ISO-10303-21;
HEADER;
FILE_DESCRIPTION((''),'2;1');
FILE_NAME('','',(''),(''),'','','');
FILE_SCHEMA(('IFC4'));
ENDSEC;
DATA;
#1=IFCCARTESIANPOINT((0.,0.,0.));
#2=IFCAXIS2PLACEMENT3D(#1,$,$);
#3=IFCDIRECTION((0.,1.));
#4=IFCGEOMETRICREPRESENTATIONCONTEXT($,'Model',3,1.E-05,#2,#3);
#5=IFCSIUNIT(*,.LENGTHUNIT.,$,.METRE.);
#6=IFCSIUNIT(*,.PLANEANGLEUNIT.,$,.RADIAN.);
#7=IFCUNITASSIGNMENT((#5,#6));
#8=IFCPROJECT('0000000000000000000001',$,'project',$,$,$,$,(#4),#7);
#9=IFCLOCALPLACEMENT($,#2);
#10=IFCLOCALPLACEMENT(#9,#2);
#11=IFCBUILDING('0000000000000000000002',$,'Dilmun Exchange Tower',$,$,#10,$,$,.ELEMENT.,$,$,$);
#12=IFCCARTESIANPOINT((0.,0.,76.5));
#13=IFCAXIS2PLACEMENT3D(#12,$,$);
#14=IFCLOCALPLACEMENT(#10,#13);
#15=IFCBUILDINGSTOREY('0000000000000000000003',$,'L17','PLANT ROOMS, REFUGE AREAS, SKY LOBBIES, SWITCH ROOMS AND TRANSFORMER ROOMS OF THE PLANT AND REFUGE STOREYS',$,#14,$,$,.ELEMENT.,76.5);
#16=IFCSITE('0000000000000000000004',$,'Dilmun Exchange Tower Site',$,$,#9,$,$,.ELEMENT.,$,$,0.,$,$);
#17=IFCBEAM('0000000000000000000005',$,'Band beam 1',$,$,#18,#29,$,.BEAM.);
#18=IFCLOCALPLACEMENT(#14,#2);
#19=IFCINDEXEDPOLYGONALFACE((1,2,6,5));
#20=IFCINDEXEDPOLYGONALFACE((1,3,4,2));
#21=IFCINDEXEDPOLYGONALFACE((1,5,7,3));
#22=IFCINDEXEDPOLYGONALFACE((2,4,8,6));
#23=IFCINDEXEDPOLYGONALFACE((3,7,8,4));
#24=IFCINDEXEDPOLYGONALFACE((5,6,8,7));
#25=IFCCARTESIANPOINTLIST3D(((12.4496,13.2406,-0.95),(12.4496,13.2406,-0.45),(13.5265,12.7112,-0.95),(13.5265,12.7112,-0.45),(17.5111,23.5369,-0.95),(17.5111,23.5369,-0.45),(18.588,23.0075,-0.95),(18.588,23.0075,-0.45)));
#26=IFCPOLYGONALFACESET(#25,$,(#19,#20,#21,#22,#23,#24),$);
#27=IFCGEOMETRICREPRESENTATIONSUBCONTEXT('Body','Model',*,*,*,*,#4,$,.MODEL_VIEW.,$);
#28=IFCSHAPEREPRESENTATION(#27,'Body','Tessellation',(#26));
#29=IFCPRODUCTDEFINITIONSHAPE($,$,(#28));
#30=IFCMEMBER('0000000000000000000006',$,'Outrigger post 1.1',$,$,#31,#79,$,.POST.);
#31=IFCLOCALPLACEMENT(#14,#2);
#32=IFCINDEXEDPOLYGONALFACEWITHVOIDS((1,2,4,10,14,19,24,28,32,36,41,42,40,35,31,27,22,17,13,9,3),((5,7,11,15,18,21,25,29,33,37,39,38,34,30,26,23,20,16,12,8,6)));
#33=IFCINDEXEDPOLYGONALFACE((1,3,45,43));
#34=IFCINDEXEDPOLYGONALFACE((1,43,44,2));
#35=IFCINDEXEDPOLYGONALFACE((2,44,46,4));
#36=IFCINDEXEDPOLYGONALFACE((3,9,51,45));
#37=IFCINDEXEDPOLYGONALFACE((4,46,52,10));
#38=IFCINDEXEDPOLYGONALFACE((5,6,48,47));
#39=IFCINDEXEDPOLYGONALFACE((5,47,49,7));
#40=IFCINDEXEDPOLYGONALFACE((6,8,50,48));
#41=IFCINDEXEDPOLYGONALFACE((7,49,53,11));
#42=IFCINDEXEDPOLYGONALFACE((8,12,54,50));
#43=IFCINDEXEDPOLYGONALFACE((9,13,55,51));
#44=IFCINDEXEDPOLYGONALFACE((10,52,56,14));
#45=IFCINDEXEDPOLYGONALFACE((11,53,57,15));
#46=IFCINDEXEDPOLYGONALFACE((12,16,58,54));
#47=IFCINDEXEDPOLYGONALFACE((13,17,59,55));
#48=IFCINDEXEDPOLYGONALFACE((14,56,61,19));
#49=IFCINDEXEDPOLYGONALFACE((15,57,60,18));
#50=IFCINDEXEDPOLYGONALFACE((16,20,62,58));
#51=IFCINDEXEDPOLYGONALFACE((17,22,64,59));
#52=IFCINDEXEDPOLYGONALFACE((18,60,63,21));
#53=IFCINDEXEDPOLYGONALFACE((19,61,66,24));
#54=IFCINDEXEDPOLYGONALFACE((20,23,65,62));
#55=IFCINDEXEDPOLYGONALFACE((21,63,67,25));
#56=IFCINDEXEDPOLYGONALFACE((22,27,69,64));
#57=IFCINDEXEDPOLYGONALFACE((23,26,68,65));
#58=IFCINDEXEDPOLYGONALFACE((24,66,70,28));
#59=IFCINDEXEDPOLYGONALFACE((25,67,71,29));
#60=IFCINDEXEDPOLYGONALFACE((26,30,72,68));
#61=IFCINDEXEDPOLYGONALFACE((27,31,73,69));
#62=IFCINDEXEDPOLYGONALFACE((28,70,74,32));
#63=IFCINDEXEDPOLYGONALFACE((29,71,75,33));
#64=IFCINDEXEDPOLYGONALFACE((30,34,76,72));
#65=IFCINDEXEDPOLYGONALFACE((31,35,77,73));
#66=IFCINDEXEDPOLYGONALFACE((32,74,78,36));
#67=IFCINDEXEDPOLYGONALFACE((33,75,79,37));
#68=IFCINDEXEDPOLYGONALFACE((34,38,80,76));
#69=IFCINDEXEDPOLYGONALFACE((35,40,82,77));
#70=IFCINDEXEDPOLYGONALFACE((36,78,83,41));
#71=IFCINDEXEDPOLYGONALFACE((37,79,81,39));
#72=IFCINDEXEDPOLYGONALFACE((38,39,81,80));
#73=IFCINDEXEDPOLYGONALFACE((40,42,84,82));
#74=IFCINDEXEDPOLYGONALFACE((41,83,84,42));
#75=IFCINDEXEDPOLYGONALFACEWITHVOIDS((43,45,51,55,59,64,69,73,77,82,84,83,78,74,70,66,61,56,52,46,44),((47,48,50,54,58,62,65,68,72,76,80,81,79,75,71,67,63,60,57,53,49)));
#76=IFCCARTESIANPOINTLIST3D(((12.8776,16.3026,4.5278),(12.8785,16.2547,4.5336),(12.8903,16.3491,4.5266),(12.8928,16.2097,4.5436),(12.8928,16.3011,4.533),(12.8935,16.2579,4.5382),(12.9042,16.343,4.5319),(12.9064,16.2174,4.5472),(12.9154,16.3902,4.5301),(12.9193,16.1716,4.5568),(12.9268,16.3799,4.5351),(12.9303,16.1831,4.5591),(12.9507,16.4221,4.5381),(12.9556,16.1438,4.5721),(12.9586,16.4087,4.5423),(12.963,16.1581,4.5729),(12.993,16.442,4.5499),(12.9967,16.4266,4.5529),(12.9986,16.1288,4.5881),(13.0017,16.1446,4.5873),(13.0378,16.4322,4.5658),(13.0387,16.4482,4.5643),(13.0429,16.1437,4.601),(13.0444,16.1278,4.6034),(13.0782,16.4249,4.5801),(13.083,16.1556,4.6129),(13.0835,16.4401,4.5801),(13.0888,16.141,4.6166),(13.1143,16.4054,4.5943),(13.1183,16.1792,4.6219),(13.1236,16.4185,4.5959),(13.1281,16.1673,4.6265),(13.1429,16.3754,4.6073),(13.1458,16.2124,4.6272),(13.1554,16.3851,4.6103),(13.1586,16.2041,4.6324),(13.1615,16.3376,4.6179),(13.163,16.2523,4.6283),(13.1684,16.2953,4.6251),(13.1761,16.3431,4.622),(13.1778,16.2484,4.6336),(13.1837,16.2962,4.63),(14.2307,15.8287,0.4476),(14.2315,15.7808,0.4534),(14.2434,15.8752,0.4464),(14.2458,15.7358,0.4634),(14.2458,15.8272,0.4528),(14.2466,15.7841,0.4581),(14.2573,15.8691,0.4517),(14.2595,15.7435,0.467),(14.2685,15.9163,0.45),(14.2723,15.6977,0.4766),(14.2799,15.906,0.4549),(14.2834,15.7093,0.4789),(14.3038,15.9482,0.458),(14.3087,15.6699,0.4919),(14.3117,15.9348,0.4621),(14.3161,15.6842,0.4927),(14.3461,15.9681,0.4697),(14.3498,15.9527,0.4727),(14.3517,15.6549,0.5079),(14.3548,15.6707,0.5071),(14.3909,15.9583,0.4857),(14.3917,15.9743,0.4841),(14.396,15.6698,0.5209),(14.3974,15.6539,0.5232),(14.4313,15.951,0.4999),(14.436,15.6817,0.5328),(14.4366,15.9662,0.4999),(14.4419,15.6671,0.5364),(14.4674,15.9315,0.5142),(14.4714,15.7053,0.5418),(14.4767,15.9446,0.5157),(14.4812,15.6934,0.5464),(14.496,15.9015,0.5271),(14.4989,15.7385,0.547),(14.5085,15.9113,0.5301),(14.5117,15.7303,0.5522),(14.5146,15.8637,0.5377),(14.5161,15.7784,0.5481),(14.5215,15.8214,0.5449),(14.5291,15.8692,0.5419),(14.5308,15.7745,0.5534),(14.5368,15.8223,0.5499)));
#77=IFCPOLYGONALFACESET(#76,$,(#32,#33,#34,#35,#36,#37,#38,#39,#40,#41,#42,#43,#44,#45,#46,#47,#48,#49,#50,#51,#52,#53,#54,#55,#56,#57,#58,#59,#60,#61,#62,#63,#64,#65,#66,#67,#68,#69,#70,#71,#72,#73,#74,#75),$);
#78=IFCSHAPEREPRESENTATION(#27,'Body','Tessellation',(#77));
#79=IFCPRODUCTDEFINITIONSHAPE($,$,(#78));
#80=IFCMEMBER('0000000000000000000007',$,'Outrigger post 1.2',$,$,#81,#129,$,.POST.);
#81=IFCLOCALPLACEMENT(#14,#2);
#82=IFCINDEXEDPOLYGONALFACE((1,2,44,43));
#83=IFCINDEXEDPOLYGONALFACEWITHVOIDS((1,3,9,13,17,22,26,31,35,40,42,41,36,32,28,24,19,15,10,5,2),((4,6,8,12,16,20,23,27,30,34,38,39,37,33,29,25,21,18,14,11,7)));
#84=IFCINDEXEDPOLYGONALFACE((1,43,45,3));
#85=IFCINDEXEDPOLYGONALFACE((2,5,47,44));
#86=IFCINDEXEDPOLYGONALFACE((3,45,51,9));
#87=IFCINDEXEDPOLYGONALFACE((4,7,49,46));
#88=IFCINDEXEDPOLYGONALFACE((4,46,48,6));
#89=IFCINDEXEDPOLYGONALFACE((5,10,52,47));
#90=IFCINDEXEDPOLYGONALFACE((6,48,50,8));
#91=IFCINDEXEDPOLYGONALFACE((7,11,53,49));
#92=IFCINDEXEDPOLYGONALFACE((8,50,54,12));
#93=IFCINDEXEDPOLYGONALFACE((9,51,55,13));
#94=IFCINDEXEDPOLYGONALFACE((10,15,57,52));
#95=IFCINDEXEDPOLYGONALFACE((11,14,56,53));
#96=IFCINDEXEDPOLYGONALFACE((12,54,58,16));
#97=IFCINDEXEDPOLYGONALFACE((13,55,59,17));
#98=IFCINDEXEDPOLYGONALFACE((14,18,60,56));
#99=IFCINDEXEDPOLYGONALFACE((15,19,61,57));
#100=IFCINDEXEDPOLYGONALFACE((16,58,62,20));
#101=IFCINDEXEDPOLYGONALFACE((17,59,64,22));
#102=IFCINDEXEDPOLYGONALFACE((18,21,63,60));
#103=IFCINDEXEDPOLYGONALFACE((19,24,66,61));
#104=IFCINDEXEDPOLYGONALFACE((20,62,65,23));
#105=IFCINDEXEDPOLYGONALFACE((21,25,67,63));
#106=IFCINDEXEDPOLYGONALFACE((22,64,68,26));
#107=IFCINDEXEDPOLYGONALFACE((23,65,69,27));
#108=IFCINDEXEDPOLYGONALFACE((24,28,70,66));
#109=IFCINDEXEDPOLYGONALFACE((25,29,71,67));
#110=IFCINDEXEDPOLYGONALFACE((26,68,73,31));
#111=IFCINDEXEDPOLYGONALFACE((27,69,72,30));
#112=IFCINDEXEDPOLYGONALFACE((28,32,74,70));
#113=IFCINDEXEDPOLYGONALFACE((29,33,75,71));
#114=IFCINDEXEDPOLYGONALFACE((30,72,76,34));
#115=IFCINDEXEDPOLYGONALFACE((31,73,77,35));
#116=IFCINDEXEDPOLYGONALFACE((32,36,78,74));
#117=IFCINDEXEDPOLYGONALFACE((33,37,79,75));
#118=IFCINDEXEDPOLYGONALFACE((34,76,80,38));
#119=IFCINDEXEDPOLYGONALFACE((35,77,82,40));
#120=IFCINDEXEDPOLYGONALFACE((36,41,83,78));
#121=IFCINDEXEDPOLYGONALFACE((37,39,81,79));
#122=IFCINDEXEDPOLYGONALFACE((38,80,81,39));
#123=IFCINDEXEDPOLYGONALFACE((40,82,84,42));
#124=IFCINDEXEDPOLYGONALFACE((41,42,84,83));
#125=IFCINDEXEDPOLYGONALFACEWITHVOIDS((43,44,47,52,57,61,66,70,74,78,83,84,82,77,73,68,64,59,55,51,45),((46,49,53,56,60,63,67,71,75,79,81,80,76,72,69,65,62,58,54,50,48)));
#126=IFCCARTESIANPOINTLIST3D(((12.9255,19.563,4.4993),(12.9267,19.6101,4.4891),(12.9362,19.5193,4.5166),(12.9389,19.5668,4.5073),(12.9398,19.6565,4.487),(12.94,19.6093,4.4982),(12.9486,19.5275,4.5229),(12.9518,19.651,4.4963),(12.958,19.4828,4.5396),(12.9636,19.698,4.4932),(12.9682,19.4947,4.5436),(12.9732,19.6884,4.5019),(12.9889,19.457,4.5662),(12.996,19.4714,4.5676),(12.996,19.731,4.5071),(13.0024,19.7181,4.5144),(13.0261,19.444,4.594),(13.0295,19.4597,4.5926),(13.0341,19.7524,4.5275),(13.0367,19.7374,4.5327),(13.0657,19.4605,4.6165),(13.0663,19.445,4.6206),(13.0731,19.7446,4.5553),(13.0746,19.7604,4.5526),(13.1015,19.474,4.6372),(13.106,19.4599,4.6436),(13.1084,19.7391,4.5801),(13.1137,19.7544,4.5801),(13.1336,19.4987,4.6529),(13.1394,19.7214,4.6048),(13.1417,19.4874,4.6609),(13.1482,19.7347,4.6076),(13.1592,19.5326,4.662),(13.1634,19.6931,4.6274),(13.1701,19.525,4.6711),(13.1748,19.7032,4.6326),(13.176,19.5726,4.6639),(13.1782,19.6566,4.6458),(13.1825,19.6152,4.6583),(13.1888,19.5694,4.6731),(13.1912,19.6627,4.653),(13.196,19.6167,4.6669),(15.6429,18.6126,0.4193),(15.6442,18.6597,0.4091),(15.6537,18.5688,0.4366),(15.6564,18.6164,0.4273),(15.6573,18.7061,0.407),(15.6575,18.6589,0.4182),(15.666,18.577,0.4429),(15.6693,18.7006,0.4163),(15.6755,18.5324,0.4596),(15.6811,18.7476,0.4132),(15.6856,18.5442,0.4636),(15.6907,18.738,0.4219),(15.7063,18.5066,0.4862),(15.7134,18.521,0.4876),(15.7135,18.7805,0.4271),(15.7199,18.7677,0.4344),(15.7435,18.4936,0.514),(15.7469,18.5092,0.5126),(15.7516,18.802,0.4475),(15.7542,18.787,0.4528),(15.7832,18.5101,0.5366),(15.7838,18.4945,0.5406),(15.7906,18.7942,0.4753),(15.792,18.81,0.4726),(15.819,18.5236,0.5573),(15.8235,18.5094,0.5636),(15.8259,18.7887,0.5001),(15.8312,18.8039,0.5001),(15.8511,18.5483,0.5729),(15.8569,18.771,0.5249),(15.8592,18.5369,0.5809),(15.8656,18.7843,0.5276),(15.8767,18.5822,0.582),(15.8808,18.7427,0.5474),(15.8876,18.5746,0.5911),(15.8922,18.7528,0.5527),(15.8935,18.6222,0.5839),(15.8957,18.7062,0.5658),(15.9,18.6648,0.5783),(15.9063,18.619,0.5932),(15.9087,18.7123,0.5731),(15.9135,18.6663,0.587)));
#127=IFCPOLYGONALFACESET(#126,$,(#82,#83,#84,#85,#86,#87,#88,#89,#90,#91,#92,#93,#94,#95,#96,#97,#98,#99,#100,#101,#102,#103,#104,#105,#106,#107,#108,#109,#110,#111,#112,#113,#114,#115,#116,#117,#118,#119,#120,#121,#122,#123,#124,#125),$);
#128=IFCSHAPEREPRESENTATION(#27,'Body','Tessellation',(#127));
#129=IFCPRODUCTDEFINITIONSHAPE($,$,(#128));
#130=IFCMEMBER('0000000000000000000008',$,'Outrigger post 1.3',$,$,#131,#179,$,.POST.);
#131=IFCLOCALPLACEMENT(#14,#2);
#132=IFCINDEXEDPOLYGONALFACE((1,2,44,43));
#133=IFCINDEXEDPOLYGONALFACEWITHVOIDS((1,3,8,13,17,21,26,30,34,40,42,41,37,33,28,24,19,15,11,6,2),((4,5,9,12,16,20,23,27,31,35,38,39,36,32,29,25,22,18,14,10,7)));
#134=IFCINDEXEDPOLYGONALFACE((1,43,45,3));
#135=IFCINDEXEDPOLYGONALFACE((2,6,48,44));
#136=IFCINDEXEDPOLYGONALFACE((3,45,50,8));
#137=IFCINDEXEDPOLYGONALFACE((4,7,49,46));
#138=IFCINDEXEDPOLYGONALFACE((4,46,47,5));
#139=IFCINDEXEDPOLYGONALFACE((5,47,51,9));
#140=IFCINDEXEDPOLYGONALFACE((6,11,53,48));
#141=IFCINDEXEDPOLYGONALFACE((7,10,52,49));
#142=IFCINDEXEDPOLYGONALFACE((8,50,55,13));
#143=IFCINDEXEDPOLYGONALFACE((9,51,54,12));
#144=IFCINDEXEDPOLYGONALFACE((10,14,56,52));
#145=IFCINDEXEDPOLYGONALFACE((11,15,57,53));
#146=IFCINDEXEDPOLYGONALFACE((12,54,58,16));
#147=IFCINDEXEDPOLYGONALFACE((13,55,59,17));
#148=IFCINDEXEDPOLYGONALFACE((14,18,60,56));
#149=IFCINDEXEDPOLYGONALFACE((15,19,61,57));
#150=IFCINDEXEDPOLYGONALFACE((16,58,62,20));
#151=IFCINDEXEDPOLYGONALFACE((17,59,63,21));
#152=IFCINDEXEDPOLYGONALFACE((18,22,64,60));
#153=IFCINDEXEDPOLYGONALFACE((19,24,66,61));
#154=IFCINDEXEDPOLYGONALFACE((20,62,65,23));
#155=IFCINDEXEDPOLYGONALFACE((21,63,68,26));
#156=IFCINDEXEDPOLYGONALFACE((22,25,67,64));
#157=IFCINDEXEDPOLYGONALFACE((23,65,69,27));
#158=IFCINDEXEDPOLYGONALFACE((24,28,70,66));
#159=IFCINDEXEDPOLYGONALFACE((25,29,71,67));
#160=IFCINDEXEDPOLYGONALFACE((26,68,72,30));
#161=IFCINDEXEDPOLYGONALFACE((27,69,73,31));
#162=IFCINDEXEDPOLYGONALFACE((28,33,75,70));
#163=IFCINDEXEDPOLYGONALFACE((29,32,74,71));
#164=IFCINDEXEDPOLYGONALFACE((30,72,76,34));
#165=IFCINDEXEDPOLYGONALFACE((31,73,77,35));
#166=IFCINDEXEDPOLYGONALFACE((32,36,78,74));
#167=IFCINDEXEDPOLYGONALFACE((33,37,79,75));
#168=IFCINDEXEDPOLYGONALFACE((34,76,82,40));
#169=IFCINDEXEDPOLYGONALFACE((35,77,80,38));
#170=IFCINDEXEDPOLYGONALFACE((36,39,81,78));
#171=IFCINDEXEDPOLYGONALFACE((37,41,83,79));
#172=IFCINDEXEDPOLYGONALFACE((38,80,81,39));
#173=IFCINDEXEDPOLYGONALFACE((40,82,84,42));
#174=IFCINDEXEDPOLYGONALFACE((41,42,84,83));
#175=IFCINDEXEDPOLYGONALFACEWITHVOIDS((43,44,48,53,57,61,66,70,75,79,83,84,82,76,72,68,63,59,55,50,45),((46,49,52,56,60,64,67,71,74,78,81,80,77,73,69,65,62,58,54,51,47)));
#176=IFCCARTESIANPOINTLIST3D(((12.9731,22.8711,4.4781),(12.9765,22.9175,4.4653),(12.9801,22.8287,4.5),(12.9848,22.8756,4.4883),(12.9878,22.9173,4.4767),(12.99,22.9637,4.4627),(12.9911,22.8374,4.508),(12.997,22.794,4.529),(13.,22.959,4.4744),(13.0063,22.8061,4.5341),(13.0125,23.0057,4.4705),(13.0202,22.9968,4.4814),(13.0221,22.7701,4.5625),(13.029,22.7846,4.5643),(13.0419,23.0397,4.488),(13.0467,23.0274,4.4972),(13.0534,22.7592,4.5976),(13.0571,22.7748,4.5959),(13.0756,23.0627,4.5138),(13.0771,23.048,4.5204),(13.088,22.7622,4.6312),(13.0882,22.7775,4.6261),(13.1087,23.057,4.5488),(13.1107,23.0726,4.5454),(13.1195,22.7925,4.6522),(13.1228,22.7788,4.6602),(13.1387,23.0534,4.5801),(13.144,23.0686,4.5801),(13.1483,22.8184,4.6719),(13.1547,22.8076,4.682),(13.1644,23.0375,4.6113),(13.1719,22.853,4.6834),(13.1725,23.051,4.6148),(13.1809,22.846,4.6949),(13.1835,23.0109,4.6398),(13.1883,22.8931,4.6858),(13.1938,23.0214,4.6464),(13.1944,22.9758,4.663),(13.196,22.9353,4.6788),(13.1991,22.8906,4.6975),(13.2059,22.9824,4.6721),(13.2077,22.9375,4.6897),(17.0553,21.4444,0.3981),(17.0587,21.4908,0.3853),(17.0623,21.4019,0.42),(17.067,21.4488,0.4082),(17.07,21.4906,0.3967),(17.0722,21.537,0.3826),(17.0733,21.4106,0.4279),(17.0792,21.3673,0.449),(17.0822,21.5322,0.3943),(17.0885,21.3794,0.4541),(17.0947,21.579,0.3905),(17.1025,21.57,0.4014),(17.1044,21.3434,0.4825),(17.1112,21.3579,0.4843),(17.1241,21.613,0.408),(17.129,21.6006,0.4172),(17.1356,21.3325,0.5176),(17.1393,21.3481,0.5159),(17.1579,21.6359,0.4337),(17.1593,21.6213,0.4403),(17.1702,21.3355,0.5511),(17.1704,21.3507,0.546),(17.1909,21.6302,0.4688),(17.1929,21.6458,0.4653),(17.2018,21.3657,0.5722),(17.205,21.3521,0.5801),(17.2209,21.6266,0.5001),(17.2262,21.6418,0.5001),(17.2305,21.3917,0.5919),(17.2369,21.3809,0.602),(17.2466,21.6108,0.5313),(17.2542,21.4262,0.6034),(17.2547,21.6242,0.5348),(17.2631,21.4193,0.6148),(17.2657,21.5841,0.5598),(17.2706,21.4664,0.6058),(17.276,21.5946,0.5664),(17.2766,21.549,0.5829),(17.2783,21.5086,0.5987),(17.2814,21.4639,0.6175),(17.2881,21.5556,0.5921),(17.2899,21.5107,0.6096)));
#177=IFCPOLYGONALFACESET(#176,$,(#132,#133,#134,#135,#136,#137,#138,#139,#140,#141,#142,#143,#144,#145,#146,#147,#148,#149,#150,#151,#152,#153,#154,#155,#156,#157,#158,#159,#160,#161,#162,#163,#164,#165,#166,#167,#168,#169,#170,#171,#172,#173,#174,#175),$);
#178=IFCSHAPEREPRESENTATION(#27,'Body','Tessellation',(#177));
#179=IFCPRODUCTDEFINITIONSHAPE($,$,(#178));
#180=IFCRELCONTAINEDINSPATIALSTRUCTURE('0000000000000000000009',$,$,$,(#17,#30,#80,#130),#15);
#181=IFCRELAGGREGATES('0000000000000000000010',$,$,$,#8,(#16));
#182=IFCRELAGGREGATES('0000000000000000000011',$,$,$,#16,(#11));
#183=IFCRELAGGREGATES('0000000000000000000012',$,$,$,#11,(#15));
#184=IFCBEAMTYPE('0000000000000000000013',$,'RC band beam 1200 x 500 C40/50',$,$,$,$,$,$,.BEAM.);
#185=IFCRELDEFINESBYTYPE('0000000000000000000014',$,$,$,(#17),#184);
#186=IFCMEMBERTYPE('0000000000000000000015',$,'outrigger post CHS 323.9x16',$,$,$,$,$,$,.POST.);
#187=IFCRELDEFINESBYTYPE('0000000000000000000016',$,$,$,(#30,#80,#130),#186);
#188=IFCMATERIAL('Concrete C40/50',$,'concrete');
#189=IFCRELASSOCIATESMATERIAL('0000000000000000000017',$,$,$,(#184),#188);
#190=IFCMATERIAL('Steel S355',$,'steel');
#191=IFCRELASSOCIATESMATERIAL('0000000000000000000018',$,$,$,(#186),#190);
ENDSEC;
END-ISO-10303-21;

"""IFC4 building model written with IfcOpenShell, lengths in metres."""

from ifc_helpers import new_model, si_unit, direction, frame, origin, origin_2d, place, context, subcontext, project, spatial, rectangle, hollow_circle, extrude, material, material_profile, profile_set, type_object, element, save


model = new_model("IFC4")

# Units and contexts
model_context = context("Model", 3, precision=1e-05, world=origin(), true_north=direction((0.0, 1.0)))
body_context = subcontext(model_context, "Body", "Model", "MODEL_VIEW")
ifc_project = project(units=[si_unit("LENGTHUNIT", "METRE"), si_unit("PLANEANGLEUNIT", "RADIAN")], contexts=[model_context])

# Site, building, storey
site_placement = place(None, origin())
site = spatial("IfcSite", under=ifc_project, at=site_placement, Name="Dilmun Exchange Tower Site", CompositionType="ELEMENT", RefElevation=0.0)
building_placement = place(site_placement, origin())
building = spatial("IfcBuilding", under=site, at=building_placement, Name="Dilmun Exchange Tower", CompositionType="ELEMENT")
storey_placement = place(building_placement, frame((0.0, 0.0, 76.5)))
storey = spatial("IfcBuildingStorey", under=building, at=storey_placement, Name="L17", Description="PLANT ROOMS, REFUGE AREAS, SKY LOBBIES, SWITCH ROOMS AND TRANSFORMER ROOMS OF THE PLANT AND REFUGE STOREYS", CompositionType="ELEMENT", Elevation=76.5)

# Beam
ifc_material_1 = material(Name="Concrete C40/50", Category="concrete")
ifc_material_profile_1 = material_profile(ifc_material_1, rectangle(XDim=1.2, YDim=0.5, at=origin_2d()), Name="1200 x 500")
ifc_profile_set_1 = profile_set([ifc_material_profile_1], Name="Concrete C40/50")
beam_type_1 = type_object("IfcBeamType", Name="RC band beam 1200 x 500 C40/50", PredefinedType="BEAM", material=ifc_profile_set_1)
beam_1_placement = place(storey_placement, frame((18.0496, 23.2722, -0.7), z_axis=(-0.44116, -0.897428, 0.0), x_axis=(0.897428, -0.44116, 0.0)))
element("IfcBeam", 1, at=beam_1_placement, inside=storey, type_object=beam_type_1, Name="Band beam 1", PredefinedType="BEAM", context=body_context, shape_type="SweptSolid", body=[
    extrude(rectangle(XDim=1.2, YDim=0.5, at=origin_2d()), origin(), (0.0, 0.0, 1.0), 11.4731),
])

# Members
ifc_material_2 = material(Name="Steel S355", Category="steel")
ifc_material_profile_2 = material_profile(ifc_material_2, hollow_circle(Radius=0.1619, WallThickness=0.0161, at=origin_2d()), Name="CHS 323.9x16")
ifc_profile_set_2 = profile_set([ifc_material_profile_2], Name="Steel S355")
member_type_1 = type_object("IfcMemberType", Name="outrigger post CHS 323.9x16", PredefinedType="POST", material=ifc_profile_set_2)
member_1_placement = place(storey_placement, frame((13.03, 16.2874, 4.5801), z_axis=(0.312867, -0.109577, -0.943455), x_axis=(0.330548, 0.943789, 0.0)))
element("IfcMember", 2, at=member_1_placement, inside=storey, type_object=member_type_1, Name="Outrigger post 1.1", PredefinedType="POST", context=body_context, shape_type="SweptSolid", body=[
    extrude(hollow_circle(Radius=0.1619, WallThickness=0.0161, at=origin_2d()), origin(), (0.0, 0.0, 1.0), 4.3247),
])
member_2_placement = place(storey_placement, frame((13.0603, 19.6016, 4.5801), z_axis=(0.54421, -0.190334, -0.817073), x_axis=(0.330135, 0.943934, 0.0)))
element("IfcMember", 3, at=member_2_placement, inside=storey, type_object=member_type_1, Name="Outrigger post 1.2", PredefinedType="POST", context=body_context, shape_type="SweptSolid", body=[
    extrude(hollow_circle(Radius=0.1619, WallThickness=0.0161, at=origin_2d()), origin(), (0.0, 0.0, 1.0), 4.9934),
])
member_3_placement = place(storey_placement, frame((13.0906, 22.9158, 4.5801), z_axis=(0.686629, -0.239977, -0.686259), x_axis=(0.32993, 0.944005, 0.0)))
element("IfcMember", 4, at=member_3_placement, inside=storey, type_object=member_type_1, Name="Outrigger post 1.3", PredefinedType="POST", context=body_context, shape_type="SweptSolid", body=[
    extrude(hollow_circle(Radius=0.1619, WallThickness=0.0161, at=origin_2d()), origin(), (0.0, 0.0, 1.0), 5.9453),
])

save(model, "model.ifc")
